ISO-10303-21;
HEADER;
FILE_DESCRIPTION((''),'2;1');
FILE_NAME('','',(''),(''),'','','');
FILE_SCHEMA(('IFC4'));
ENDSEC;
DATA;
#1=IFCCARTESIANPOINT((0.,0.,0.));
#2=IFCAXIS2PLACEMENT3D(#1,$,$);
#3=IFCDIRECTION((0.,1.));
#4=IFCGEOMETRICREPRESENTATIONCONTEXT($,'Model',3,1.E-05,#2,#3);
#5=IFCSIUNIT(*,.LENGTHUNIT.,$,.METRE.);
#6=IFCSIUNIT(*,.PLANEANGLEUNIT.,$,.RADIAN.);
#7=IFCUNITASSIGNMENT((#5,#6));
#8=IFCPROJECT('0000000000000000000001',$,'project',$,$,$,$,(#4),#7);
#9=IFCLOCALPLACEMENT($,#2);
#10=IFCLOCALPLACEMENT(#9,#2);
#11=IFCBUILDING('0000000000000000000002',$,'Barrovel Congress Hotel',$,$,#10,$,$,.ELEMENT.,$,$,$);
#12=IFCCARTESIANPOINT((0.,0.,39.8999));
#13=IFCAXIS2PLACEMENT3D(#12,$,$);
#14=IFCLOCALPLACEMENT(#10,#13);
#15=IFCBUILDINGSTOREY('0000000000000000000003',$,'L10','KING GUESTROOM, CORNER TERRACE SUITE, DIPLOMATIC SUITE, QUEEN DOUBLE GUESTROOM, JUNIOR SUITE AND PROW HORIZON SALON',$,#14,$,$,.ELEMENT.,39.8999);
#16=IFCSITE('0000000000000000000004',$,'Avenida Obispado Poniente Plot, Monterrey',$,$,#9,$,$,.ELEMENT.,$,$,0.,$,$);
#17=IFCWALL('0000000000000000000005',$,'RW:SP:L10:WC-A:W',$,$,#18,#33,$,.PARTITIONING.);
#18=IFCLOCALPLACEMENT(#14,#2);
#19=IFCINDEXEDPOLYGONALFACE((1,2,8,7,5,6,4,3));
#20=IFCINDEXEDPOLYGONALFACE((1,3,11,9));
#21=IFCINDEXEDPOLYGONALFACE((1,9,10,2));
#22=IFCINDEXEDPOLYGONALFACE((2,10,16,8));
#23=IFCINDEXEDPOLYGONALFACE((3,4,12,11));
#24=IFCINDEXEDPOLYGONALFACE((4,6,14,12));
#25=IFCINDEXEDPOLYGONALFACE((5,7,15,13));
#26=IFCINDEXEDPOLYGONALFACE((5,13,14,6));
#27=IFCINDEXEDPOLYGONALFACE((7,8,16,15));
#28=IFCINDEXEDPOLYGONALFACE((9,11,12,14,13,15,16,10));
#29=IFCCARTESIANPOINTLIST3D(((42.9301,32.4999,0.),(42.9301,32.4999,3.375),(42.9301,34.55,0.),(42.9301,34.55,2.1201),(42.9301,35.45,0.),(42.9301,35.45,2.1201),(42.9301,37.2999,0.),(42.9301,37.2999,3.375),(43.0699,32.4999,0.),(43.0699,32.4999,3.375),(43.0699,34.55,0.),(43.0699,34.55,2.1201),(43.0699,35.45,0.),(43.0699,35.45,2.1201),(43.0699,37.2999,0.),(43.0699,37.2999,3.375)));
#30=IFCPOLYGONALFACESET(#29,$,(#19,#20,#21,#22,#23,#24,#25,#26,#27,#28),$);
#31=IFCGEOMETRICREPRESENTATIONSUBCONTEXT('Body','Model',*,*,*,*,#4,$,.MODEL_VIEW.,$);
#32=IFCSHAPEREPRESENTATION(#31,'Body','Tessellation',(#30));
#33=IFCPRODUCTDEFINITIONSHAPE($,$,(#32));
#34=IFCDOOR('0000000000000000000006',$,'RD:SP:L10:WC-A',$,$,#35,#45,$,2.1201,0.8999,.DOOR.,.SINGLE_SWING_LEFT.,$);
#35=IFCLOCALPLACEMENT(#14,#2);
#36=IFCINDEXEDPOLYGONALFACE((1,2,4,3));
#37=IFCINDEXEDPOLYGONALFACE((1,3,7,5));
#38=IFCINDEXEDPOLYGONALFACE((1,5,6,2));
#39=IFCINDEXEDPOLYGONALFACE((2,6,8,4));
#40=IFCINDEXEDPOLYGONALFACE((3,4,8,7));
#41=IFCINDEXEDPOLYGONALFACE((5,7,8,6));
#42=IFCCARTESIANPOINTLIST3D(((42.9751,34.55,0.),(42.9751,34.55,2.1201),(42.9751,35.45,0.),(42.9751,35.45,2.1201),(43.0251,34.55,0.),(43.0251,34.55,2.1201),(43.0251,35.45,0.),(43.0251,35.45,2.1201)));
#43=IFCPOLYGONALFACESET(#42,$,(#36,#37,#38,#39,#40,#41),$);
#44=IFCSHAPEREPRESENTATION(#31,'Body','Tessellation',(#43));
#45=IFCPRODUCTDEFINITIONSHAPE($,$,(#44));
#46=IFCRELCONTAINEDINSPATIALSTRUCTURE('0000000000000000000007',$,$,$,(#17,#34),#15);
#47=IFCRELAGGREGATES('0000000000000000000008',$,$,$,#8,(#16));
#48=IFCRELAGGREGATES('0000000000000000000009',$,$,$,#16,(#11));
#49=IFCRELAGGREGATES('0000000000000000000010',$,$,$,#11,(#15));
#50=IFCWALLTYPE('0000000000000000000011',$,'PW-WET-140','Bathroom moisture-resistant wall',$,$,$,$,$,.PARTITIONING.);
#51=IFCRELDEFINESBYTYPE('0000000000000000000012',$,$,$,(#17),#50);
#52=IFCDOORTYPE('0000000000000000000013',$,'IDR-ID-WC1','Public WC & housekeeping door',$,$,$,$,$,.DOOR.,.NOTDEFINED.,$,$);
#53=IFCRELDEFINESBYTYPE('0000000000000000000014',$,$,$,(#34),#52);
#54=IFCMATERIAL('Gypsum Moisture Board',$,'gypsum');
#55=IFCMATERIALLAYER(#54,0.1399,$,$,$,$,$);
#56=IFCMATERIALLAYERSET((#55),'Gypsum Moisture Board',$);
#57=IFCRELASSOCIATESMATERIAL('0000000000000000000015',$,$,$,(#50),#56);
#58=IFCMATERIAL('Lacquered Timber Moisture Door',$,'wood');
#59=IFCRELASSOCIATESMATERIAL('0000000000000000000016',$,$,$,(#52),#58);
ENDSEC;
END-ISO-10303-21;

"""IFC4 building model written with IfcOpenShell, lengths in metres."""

from ifc_helpers import new_model, si_unit, direction, frame, frame_2d, origin, place, context, subcontext, project, spatial, rectangle, extrude, material, layer, layer_set, type_object, element, fill, save


model = new_model("IFC4")

# Units and contexts
model_context = context("Model", 3, precision=1e-05, world=origin(), true_north=direction((0.0, 1.0)))
body_context = subcontext(model_context, "Body", "Model", "MODEL_VIEW")
ifc_project = project(units=[si_unit("LENGTHUNIT", "METRE"), si_unit("PLANEANGLEUNIT", "RADIAN")], contexts=[model_context])

# Site, building, storey
site_placement = place(None, origin())
site = spatial("IfcSite", under=ifc_project, at=site_placement, Name="Avenida Obispado Poniente Plot, Monterrey", CompositionType="ELEMENT", RefElevation=0.0)
building_placement = place(site_placement, origin())
building = spatial("IfcBuilding", under=site, at=building_placement, Name="Barrovel Congress Hotel", CompositionType="ELEMENT")
storey_placement = place(building_placement, frame((0.0, 0.0, 39.8999)))
storey = spatial("IfcBuildingStorey", under=building, at=storey_placement, Name="L10", Description="KING GUESTROOM, CORNER TERRACE SUITE, DIPLOMATIC SUITE, QUEEN DOUBLE GUESTROOM, JUNIOR SUITE AND PROW HORIZON SALON", CompositionType="ELEMENT", Elevation=39.8999)

# Wall, opening, door
ifc_material_1 = material(Name="Gypsum Moisture Board", Category="gypsum")
ifc_layer_1 = layer(ifc_material_1, 0.1399)
ifc_layer_set_1 = layer_set([ifc_layer_1], Name="Gypsum Moisture Board")
wall_type_1 = type_object("IfcWallType", Name="PW-WET-140", Description="Bathroom moisture-resistant wall", PredefinedType="PARTITIONING", material=ifc_layer_set_1)
ifc_material_2 = material(Name="Lacquered Timber Moisture Door", Category="wood")
wall_1_placement = place(storey_placement, frame((43.0, 32.5, 0.0), z_axis=(0.0, 0.0, 1.0), x_axis=(0.0, 1.0, 0.0)))
wall_1 = element("IfcWall", 1, at=wall_1_placement, inside=storey, type_object=wall_type_1, Name="RW:SP:L10:WC-A:W", PredefinedType="PARTITIONING", context=body_context, shape_type="SweptSolid", body=[
    extrude(rectangle(XDim=4.8, YDim=0.1399, at=frame_2d((2.3999, 0.0))), origin(), (0.0, 0.0, 1.0), 3.375),
])
opening_1_placement = place(wall_1_placement, frame((2.05, 0.0, 0.0)))
opening_1 = element("IfcOpeningElement", 2, at=opening_1_placement, cuts=wall_1, PredefinedType="OPENING", context=body_context, shape_type="SweptSolid", body=[
    extrude(rectangle(XDim=0.8999, YDim=2.1201, at=frame_2d((0.45, 1.0601))), frame((0.0, 0.0801, 0.0), z_axis=(0.0, -1.0, 0.0), x_axis=(1.0, 0.0, 0.0)), (0.0, 0.0, 1.0), 0.1599),
])
door_type_1 = type_object("IfcDoorType", Name="IDR-ID-WC1", Description="Public WC & housekeeping door", OperationType="NOTDEFINED", PredefinedType="DOOR", material=ifc_material_2)
door_1_placement = place(opening_1_placement, origin())
door_1 = element("IfcDoor", 3, at=door_1_placement, inside=storey, type_object=door_type_1, Name="RD:SP:L10:WC-A", OperationType="SINGLE_SWING_LEFT", OverallHeight=2.1201, OverallWidth=0.8999, PredefinedType="DOOR", context=body_context, shape_type="SweptSolid", body=[
    extrude(rectangle(XDim=0.8999, YDim=2.1201, at=frame_2d((0.45, 1.0601))), frame((0.0, 0.0249, 0.0), z_axis=(0.0, -1.0, 0.0), x_axis=(1.0, 0.0, 0.0)), (0.0, 0.0, 1.0), 0.05),
])
fill(opening_1, door_1)

save(model, "model.ifc")
